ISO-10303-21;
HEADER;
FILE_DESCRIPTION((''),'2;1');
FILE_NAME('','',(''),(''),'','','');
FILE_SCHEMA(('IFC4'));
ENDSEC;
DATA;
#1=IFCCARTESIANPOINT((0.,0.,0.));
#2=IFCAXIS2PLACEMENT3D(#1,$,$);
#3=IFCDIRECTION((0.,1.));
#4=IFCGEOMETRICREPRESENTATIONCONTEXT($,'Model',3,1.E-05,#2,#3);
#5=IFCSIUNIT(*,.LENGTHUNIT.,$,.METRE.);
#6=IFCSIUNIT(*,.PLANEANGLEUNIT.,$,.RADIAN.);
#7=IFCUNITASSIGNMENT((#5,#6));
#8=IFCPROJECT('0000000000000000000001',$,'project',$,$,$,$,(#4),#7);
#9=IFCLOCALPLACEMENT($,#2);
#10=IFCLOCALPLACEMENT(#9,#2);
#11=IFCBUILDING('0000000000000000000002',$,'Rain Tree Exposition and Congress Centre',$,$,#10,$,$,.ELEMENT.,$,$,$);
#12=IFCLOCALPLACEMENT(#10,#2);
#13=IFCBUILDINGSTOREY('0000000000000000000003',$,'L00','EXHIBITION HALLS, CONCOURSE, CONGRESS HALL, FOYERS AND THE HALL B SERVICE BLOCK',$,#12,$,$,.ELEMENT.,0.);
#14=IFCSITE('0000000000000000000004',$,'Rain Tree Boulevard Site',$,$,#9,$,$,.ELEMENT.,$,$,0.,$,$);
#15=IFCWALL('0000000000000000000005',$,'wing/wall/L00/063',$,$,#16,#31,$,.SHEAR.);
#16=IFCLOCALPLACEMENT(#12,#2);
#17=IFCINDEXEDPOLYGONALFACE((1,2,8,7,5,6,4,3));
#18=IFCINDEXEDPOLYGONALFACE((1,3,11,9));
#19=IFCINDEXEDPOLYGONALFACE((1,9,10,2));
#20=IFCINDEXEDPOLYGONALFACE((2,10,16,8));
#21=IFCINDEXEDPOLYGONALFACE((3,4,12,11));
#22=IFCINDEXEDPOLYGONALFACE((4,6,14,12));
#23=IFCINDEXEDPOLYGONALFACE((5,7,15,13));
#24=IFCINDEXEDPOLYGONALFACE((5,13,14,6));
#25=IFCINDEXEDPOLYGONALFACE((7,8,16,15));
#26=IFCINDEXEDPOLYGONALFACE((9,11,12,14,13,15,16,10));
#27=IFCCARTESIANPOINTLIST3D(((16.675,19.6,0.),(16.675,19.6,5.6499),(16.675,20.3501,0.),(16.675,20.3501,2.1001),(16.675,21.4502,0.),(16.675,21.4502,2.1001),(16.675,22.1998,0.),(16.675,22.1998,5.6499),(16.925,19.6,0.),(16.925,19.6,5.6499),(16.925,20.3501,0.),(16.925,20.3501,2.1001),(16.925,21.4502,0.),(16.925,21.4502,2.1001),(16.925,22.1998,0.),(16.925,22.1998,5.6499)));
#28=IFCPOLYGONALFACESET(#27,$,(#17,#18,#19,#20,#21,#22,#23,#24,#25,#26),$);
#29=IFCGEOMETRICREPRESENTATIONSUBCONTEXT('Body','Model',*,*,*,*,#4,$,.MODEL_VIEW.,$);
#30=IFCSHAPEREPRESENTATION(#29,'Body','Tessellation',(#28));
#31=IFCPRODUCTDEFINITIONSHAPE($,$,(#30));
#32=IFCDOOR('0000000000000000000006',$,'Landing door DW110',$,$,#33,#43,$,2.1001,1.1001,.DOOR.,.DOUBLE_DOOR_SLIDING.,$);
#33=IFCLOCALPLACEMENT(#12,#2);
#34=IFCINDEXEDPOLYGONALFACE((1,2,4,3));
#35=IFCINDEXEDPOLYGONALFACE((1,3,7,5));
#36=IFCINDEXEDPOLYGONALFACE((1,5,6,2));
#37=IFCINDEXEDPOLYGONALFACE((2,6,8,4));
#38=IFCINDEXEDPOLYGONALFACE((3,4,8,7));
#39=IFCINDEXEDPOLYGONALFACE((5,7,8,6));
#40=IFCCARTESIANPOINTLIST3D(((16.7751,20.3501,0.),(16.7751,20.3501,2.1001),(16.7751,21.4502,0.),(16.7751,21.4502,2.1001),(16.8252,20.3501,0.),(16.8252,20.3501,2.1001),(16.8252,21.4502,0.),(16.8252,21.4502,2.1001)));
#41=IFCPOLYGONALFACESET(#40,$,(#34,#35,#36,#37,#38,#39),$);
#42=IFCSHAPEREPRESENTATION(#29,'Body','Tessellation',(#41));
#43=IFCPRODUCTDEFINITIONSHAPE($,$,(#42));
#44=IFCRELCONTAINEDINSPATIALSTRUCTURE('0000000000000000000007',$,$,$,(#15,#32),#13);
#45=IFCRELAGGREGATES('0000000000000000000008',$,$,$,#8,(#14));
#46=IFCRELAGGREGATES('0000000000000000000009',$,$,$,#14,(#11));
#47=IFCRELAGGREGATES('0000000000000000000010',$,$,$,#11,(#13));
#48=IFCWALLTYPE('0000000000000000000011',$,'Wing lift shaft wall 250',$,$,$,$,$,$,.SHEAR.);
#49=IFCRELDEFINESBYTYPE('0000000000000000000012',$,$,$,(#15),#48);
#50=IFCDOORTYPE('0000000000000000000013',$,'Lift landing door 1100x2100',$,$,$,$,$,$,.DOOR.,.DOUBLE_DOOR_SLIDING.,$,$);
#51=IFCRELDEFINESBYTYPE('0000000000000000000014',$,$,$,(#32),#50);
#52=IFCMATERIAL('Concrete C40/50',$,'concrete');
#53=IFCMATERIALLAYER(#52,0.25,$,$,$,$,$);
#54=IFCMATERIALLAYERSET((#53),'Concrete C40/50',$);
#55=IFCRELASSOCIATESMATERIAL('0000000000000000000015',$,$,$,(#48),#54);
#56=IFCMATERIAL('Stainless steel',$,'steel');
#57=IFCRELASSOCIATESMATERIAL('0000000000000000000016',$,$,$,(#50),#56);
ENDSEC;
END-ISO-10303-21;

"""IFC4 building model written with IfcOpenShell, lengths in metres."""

from ifc_helpers import new_model, si_unit, direction, frame, frame_2d, origin, place, context, subcontext, project, spatial, rectangle, extrude, material, layer, layer_set, type_object, element, fill, save


model = new_model("IFC4")

# Units and contexts
model_context = context("Model", 3, precision=1e-05, world=origin(), true_north=direction((0.0, 1.0)))
body_context = subcontext(model_context, "Body", "Model", "MODEL_VIEW")
ifc_project = project(units=[si_unit("LENGTHUNIT", "METRE"), si_unit("PLANEANGLEUNIT", "RADIAN")], contexts=[model_context])

# Site, building, storey
site_placement = place(None, origin())
site = spatial("IfcSite", under=ifc_project, at=site_placement, Name="Rain Tree Boulevard Site", CompositionType="ELEMENT", RefElevation=0.0)
building_placement = place(site_placement, origin())
building = spatial("IfcBuilding", under=site, at=building_placement, Name="Rain Tree Exposition and Congress Centre", CompositionType="ELEMENT")
storey_placement = place(building_placement, origin())
storey = spatial("IfcBuildingStorey", under=building, at=storey_placement, Name="L00", Description="EXHIBITION HALLS, CONCOURSE, CONGRESS HALL, FOYERS AND THE HALL B SERVICE BLOCK", CompositionType="ELEMENT", Elevation=0.0)

# Wall, opening, door
ifc_material_1 = material(Name="Concrete C40/50", Category="concrete")
ifc_layer_1 = layer(ifc_material_1, 0.25)
ifc_layer_set_1 = layer_set([ifc_layer_1], Name="Concrete C40/50")
wall_type_1 = type_object("IfcWallType", Name="Wing lift shaft wall 250", PredefinedType="SHEAR", material=ifc_layer_set_1)
ifc_material_2 = material(Name="Stainless steel", Category="steel")
door_type_1 = type_object("IfcDoorType", Name="Lift landing door 1100x2100", OperationType="DOUBLE_DOOR_SLIDING", PredefinedType="DOOR", material=ifc_material_2)
wall_1_placement = place(storey_placement, frame((16.8, 19.6001, 0.0), z_axis=(0.0, 0.0, 1.0), x_axis=(0.0, 1.0, 0.0)))
wall_1 = element("IfcWall", 1, at=wall_1_placement, inside=storey, type_object=wall_type_1, Name="wing/wall/L00/063", PredefinedType="SHEAR", context=body_context, shape_type="SweptSolid", body=[
    extrude(rectangle(XDim=2.5999, YDim=0.25, at=frame_2d((1.2998, 0.0))), origin(), (0.0, 0.0, 1.0), 5.6499),
])
opening_1_placement = place(wall_1_placement, frame((0.75, 0.0, 0.0)))
opening_1 = element("IfcOpeningElement", 2, at=opening_1_placement, cuts=wall_1, PredefinedType="OPENING", context=body_context, shape_type="SweptSolid", body=[
    extrude(rectangle(XDim=1.1001, YDim=2.1001, at=frame_2d((0.55, 1.05))), frame((0.0, 0.125, 0.0), z_axis=(0.0, -1.0, 0.0), x_axis=(1.0, 0.0, 0.0)), (0.0, 0.0, 1.0), 0.25),
])
door_1_placement = place(opening_1_placement, origin())
door_1 = element("IfcDoor", 3, at=door_1_placement, inside=storey, type_object=door_type_1, Name="Landing door DW110", OperationType="DOUBLE_DOOR_SLIDING", OverallHeight=2.1001, OverallWidth=1.1001, PredefinedType="DOOR", context=body_context, shape_type="SweptSolid", body=[
    extrude(rectangle(XDim=1.1001, YDim=2.1001, at=frame_2d((0.55, 1.05))), frame((0.0, 0.0249, 0.0), z_axis=(0.0, -1.0, 0.0), x_axis=(1.0, 0.0, 0.0)), (0.0, 0.0, 1.0), 0.05),
])
fill(opening_1, door_1)

save(model, "model.ifc")
